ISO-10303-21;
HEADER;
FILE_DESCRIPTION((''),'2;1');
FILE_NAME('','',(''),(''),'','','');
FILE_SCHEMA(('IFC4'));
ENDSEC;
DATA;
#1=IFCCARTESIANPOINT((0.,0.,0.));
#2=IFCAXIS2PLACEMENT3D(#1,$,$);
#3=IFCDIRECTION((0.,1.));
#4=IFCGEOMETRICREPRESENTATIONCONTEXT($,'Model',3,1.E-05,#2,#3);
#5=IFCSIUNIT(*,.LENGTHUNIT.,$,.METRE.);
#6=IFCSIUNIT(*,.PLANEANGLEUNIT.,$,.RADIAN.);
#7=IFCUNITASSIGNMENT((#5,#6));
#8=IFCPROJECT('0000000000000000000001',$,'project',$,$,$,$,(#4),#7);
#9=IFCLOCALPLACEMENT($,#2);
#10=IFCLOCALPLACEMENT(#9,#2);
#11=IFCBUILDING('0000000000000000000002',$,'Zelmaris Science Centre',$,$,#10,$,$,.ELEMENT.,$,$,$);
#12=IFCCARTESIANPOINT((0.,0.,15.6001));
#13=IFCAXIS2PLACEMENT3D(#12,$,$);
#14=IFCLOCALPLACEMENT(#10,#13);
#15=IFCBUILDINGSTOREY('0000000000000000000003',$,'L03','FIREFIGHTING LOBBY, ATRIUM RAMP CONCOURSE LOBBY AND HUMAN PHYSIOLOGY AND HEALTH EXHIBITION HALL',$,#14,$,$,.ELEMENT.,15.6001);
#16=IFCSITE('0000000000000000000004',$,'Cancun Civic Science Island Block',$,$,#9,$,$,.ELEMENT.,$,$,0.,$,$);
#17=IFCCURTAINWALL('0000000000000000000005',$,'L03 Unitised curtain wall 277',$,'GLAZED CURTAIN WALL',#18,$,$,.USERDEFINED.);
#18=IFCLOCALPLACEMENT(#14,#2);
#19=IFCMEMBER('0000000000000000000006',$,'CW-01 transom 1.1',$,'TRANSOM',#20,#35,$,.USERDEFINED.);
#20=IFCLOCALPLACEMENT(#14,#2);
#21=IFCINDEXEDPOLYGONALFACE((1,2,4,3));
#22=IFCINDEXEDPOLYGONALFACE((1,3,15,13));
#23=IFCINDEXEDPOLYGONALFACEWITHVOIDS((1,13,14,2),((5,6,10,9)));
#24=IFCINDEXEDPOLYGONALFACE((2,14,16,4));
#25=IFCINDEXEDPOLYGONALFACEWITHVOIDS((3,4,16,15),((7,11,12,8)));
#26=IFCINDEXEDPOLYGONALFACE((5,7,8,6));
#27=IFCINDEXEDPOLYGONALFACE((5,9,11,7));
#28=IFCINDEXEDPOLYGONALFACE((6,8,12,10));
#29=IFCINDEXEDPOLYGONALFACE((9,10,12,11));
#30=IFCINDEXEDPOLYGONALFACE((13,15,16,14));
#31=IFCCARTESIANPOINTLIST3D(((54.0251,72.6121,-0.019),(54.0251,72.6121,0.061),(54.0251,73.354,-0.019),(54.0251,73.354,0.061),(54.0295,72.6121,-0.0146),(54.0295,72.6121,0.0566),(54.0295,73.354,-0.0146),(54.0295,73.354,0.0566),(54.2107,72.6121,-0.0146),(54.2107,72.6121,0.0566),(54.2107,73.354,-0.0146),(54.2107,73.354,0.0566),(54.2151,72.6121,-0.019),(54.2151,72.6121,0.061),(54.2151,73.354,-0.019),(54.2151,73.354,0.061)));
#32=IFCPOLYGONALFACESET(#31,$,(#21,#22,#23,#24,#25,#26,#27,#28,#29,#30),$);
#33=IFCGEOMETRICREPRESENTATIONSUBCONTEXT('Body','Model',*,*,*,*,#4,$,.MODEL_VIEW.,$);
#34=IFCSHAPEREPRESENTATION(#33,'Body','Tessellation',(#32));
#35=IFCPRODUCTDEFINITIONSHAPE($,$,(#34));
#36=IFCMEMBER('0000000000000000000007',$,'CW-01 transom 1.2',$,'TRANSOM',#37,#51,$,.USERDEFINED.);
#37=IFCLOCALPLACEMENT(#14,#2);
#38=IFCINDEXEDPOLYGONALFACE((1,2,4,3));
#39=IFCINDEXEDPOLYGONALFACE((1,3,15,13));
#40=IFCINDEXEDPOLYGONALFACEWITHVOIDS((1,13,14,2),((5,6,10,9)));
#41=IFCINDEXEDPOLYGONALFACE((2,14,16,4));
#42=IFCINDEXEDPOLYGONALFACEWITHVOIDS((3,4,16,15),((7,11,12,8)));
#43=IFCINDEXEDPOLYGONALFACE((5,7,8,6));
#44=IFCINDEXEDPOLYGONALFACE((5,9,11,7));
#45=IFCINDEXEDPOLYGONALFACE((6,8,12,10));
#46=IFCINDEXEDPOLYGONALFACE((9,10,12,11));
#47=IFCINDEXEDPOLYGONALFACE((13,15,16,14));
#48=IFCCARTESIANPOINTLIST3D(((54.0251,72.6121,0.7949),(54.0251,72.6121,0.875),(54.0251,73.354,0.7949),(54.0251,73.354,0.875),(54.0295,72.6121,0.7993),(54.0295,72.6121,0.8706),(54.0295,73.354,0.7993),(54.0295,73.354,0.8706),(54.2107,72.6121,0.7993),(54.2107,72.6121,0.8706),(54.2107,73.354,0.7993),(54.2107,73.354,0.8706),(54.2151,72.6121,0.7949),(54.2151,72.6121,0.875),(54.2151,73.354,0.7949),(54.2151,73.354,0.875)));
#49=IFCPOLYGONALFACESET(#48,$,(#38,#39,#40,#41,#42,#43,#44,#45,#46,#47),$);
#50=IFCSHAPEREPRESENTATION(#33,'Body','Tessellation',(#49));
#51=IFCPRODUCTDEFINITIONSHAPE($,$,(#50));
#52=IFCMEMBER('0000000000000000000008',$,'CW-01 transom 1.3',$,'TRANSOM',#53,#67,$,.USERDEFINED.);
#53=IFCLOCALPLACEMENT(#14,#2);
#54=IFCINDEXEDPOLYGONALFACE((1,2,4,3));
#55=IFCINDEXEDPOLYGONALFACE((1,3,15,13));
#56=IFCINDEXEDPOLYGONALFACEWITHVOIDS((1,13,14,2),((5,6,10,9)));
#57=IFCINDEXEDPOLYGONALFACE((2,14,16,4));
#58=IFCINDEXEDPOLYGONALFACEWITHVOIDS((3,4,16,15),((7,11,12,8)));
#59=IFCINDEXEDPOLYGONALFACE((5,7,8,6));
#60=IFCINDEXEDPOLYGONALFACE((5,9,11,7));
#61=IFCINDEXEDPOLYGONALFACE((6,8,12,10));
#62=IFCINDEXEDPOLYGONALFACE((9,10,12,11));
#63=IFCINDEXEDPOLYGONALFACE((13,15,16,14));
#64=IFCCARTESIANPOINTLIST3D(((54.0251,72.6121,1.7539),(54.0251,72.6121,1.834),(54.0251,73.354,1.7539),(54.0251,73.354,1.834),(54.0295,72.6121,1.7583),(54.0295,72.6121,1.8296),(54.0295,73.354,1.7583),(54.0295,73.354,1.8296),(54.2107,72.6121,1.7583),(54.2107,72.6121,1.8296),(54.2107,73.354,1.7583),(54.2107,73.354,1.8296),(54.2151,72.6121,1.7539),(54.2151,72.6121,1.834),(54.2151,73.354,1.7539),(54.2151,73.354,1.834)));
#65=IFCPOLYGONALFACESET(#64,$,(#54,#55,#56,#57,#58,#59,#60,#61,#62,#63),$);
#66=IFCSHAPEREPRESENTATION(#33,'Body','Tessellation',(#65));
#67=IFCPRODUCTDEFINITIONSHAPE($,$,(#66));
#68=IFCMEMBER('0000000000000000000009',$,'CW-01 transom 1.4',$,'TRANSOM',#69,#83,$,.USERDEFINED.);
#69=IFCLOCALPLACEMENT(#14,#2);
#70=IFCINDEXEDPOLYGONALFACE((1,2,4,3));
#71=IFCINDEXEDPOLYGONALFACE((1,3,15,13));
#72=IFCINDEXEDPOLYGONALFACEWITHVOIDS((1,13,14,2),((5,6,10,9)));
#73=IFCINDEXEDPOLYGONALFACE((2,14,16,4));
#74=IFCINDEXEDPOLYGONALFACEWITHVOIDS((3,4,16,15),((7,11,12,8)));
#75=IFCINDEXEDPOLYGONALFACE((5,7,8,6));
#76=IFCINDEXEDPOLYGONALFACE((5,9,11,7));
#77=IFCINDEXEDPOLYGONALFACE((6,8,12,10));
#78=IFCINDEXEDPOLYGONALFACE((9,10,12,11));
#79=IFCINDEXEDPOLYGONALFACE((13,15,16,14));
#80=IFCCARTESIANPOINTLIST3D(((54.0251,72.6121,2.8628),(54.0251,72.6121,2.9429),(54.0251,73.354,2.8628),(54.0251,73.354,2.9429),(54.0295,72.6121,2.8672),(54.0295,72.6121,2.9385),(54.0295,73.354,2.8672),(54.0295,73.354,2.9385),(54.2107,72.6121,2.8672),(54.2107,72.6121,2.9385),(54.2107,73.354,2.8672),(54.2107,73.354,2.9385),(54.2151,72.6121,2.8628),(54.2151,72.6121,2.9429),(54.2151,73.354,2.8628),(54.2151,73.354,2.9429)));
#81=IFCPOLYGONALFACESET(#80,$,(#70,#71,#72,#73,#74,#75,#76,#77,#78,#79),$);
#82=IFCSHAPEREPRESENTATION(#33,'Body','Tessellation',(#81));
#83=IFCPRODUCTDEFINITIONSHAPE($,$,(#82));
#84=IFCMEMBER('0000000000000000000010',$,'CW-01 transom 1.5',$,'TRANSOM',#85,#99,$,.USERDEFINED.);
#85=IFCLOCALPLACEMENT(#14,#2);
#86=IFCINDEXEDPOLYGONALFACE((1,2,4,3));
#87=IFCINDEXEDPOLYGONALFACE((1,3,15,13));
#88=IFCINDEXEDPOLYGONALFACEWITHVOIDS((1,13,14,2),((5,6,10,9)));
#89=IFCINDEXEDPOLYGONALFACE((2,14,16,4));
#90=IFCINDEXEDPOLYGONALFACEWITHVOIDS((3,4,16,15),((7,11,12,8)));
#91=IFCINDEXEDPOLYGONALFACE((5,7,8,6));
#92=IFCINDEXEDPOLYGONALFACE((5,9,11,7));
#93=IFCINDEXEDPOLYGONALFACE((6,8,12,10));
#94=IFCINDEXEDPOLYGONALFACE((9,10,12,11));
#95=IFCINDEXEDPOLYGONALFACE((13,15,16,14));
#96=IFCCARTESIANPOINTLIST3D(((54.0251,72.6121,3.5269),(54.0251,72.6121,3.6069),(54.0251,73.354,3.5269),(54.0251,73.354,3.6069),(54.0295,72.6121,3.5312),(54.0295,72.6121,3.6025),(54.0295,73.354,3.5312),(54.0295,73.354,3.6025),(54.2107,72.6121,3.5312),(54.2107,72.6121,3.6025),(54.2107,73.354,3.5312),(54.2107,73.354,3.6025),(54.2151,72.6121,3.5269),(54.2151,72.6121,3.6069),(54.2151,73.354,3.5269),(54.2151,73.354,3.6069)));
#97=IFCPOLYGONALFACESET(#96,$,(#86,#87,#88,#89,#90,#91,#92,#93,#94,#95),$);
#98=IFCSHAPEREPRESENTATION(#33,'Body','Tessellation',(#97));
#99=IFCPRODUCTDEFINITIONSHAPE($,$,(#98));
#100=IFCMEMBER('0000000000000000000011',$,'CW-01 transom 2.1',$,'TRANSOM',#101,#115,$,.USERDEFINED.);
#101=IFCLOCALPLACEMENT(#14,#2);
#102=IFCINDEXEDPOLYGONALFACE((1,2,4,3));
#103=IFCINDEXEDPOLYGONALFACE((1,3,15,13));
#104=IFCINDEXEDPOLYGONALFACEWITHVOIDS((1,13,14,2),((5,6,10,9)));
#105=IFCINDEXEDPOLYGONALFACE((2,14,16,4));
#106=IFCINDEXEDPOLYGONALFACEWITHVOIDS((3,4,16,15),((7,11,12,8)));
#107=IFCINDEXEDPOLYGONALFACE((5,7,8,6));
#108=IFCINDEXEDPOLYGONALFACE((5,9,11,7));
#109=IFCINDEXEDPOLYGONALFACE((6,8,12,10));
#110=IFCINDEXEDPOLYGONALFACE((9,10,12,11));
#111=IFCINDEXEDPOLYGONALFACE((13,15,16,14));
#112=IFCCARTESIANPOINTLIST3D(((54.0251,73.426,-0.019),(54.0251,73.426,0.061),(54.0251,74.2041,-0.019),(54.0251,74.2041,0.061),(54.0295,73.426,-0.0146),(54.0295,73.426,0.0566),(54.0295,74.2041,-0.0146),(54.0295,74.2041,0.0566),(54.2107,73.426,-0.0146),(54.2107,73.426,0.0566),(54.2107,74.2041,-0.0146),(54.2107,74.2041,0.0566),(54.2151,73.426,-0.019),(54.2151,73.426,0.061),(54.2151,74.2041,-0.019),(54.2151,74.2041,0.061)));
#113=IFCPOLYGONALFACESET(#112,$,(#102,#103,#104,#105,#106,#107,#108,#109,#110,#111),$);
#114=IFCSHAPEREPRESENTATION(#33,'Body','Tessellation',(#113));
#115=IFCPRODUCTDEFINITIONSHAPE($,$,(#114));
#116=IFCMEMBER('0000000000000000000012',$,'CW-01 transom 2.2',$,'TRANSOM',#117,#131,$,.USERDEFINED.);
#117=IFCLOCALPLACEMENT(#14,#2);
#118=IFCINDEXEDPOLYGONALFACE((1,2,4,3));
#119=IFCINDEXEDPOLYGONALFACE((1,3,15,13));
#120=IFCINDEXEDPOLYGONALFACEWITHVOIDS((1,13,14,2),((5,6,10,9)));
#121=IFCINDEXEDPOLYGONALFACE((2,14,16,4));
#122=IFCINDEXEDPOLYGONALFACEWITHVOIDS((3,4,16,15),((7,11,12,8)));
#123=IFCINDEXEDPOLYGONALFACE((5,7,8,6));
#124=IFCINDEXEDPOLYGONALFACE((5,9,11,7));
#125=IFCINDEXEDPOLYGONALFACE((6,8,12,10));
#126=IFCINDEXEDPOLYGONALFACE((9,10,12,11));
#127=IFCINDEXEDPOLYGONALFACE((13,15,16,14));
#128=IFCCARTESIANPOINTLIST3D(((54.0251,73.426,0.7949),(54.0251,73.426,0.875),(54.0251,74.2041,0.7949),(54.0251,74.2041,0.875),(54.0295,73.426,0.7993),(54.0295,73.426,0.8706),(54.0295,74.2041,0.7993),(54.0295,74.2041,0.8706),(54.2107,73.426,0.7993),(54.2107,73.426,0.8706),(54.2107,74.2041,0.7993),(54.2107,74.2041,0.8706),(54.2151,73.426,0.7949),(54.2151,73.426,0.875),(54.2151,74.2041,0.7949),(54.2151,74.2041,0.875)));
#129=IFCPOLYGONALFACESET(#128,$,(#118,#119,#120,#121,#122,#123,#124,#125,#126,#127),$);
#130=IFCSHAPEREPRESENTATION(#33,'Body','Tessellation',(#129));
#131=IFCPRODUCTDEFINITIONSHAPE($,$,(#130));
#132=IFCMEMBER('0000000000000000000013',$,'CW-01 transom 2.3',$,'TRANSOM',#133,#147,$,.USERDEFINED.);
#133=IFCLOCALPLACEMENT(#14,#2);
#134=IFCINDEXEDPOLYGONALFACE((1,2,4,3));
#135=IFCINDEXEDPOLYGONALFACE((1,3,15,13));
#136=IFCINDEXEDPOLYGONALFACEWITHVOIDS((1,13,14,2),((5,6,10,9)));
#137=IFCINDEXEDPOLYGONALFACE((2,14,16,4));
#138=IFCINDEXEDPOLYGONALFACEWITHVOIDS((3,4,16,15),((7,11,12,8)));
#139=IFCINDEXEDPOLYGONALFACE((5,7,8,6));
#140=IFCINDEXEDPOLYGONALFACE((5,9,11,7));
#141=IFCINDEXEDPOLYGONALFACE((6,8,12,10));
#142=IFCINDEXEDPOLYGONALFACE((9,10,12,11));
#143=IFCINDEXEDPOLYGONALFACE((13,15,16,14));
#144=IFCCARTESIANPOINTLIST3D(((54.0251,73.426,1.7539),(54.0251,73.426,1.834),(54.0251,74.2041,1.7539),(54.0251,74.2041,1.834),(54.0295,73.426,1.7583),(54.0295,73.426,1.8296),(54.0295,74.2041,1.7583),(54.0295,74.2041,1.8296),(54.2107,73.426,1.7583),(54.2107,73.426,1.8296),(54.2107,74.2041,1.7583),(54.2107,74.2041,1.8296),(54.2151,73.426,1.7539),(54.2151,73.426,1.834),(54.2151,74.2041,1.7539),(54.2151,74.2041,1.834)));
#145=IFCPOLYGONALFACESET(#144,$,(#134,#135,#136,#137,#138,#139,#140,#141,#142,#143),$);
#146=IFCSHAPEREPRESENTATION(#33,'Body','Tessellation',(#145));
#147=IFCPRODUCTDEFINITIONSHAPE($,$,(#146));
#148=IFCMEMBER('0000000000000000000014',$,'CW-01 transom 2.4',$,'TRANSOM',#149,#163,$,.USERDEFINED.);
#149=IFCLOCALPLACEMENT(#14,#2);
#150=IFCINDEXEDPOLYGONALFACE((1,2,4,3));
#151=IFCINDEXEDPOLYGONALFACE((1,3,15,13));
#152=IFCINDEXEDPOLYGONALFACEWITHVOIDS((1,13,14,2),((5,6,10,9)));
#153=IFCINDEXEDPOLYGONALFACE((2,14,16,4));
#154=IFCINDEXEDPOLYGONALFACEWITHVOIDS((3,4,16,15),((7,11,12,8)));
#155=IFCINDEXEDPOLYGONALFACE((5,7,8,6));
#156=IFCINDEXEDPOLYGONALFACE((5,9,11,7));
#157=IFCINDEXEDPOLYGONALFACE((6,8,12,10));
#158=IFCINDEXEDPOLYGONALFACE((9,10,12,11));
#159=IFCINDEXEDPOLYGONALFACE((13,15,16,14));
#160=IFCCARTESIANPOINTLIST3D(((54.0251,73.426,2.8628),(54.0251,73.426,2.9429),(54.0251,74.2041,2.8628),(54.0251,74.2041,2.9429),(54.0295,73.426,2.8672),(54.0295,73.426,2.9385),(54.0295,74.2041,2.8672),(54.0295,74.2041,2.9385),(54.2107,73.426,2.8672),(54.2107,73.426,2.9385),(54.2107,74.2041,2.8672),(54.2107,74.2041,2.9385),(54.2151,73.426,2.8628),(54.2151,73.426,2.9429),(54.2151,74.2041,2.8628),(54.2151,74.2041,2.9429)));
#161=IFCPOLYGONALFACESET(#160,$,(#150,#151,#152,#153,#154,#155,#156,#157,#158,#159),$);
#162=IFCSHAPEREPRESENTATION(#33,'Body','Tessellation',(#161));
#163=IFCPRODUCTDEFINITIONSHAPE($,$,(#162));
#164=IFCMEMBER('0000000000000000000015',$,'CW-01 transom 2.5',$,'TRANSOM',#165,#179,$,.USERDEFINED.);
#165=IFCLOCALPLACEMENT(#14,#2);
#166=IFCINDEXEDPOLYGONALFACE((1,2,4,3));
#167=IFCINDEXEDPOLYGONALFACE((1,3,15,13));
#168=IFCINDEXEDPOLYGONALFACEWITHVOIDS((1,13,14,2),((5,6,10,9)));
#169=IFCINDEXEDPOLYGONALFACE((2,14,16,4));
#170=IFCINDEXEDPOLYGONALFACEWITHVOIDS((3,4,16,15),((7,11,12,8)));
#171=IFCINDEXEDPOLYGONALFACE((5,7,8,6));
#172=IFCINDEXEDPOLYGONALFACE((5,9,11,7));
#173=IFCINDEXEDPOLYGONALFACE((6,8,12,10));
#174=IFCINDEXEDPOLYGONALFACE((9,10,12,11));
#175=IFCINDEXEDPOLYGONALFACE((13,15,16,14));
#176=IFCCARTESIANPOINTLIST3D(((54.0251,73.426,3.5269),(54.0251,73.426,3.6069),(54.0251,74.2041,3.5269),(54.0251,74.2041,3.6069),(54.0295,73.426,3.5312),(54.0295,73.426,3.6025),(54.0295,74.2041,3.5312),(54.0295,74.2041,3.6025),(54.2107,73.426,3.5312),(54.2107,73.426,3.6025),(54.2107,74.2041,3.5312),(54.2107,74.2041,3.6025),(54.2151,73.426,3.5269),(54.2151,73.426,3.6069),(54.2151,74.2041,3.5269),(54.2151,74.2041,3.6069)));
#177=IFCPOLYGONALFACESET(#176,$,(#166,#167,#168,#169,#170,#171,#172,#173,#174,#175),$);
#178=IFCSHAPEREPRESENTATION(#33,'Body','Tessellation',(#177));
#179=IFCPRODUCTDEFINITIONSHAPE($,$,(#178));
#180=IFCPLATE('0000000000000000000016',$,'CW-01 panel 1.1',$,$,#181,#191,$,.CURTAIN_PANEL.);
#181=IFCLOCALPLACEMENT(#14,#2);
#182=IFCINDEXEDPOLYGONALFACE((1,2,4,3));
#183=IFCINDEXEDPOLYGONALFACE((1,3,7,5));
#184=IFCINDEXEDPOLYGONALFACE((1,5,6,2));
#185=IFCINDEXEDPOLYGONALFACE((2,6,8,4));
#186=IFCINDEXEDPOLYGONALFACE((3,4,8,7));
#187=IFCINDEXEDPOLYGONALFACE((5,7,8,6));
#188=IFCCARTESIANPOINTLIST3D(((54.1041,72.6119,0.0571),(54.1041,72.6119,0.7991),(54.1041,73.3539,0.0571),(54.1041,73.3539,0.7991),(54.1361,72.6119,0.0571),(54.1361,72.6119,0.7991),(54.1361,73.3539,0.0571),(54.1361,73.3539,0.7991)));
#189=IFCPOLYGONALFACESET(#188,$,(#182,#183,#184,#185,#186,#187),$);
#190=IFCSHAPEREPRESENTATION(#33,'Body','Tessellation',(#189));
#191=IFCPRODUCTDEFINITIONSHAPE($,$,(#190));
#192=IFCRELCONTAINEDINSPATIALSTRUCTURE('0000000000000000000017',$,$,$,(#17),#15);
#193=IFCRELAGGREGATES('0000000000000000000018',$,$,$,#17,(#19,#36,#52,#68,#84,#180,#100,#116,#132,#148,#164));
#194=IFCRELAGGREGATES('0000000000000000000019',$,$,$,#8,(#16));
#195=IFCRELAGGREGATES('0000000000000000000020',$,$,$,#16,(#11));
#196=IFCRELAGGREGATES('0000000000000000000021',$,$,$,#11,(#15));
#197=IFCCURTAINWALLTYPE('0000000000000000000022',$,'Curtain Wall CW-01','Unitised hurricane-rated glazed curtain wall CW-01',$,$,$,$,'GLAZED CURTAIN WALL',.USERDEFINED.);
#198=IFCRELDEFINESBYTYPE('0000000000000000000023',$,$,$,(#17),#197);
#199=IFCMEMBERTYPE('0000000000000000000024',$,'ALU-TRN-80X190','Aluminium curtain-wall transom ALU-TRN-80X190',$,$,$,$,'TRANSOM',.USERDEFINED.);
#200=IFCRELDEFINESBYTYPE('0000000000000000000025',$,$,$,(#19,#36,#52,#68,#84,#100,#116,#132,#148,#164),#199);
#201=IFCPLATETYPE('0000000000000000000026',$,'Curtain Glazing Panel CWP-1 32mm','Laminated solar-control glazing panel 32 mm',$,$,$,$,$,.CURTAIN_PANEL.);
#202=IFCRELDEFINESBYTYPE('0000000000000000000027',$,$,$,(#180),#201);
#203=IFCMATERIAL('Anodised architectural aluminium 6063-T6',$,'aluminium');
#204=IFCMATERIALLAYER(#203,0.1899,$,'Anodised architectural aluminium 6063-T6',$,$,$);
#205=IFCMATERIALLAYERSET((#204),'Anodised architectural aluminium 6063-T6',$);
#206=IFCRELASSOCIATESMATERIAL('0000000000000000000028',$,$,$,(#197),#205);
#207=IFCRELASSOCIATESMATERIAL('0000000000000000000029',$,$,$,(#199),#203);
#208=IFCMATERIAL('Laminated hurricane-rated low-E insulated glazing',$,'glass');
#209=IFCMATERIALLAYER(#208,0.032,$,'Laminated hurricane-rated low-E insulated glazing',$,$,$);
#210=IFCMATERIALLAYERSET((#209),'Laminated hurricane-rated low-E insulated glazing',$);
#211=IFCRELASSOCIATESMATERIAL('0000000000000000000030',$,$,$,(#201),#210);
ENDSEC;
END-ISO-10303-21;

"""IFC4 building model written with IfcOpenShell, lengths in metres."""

from ifc_helpers import new_model, si_unit, direction, frame, origin, origin_2d, place, context, subcontext, project, spatial, rectangle, hollow_rectangle, extrude, material, layer, layer_set, material_profile, profile_set, type_object, element, aggregate, save


model = new_model("IFC4")

# Units and contexts
model_context = context("Model", 3, precision=1e-05, world=origin(), true_north=direction((0.0, 1.0)))
body_context = subcontext(model_context, "Body", "Model", "MODEL_VIEW")
ifc_project = project(units=[si_unit("LENGTHUNIT", "METRE"), si_unit("PLANEANGLEUNIT", "RADIAN")], contexts=[model_context])

# Site, building, storey
site_placement = place(None, origin())
site = spatial("IfcSite", under=ifc_project, at=site_placement, Name="Cancun Civic Science Island Block", CompositionType="ELEMENT", RefElevation=0.0)
building_placement = place(site_placement, origin())
building = spatial("IfcBuilding", under=site, at=building_placement, Name="Zelmaris Science Centre", CompositionType="ELEMENT")
storey_placement = place(building_placement, frame((0.0, 0.0, 15.6001)))
storey = spatial("IfcBuildingStorey", under=building, at=storey_placement, Name="L03", Description="FIREFIGHTING LOBBY, ATRIUM RAMP CONCOURSE LOBBY AND HUMAN PHYSIOLOGY AND HEALTH EXHIBITION HALL", CompositionType="ELEMENT", Elevation=15.6001)

# Curtain wall
ifc_material_1 = material(Name="Anodised architectural aluminium 6063-T6", Category="aluminium")
ifc_layer_1 = layer(ifc_material_1, 0.1899, Name="Anodised architectural aluminium 6063-T6")
ifc_layer_set_1 = layer_set([ifc_layer_1], Name="Anodised architectural aluminium 6063-T6")
curtain_wall_type_1 = type_object("IfcCurtainWallType", Name="Curtain Wall CW-01", Description="Unitised hurricane-rated glazed curtain wall CW-01", ElementType="GLAZED CURTAIN WALL", PredefinedType="USERDEFINED", material=ifc_layer_set_1)
curtain_wall_1_placement = place(storey_placement, origin())
curtain_wall_1 = element("IfcCurtainWall", 1, at=curtain_wall_1_placement, inside=storey, type_object=curtain_wall_type_1, Name="L03 Unitised curtain wall 277", ObjectType="GLAZED CURTAIN WALL", PredefinedType="USERDEFINED")

# Members
ifc_material_profile_1 = material_profile(ifc_material_1, hollow_rectangle(XDim=0.0801, YDim=0.1899, WallThickness=0.0044, at=origin_2d()), Name="ALU-TRN-80X190")
ifc_profile_set_1 = profile_set([ifc_material_profile_1], Name="Anodised architectural aluminium 6063-T6")
member_type_1 = type_object("IfcMemberType", Name="ALU-TRN-80X190", Description="Aluminium curtain-wall transom ALU-TRN-80X190", ElementType="TRANSOM", PredefinedType="USERDEFINED", material=ifc_profile_set_1)
member_1_placement = place(storey_placement, frame((54.1201, 72.6121, 0.021), z_axis=(0.0, 1.0, 0.0), x_axis=(0.0, 0.0, 1.0)))
member_1 = element("IfcMember", 2, at=member_1_placement, type_object=member_type_1, Name="CW-01 transom 1.1", ObjectType="TRANSOM", PredefinedType="USERDEFINED", context=body_context, shape_type="SweptSolid", body=[
    extrude(hollow_rectangle(XDim=0.0801, YDim=0.1899, WallThickness=0.0044, at=origin_2d()), origin(), (0.0, 0.0, 1.0), 0.7419),
])
member_2_placement = place(storey_placement, frame((54.1201, 72.6121, 0.835), z_axis=(0.0, 1.0, 0.0), x_axis=(0.0, 0.0, 1.0)))
member_2 = element("IfcMember", 3, at=member_2_placement, type_object=member_type_1, Name="CW-01 transom 1.2", ObjectType="TRANSOM", PredefinedType="USERDEFINED", context=body_context, shape_type="SweptSolid", body=[
    extrude(hollow_rectangle(XDim=0.0801, YDim=0.1899, WallThickness=0.0044, at=origin_2d()), origin(), (0.0, 0.0, 1.0), 0.7419),
])
member_3_placement = place(storey_placement, frame((54.1201, 72.6121, 1.7939), z_axis=(0.0, 1.0, 0.0), x_axis=(0.0, 0.0, 1.0)))
member_3 = element("IfcMember", 4, at=member_3_placement, type_object=member_type_1, Name="CW-01 transom 1.3", ObjectType="TRANSOM", PredefinedType="USERDEFINED", context=body_context, shape_type="SweptSolid", body=[
    extrude(hollow_rectangle(XDim=0.0801, YDim=0.1899, WallThickness=0.0044, at=origin_2d()), origin(), (0.0, 0.0, 1.0), 0.7419),
])
member_4_placement = place(storey_placement, frame((54.1201, 72.6121, 2.9028), z_axis=(0.0, 1.0, 0.0), x_axis=(0.0, 0.0, 1.0)))
member_4 = element("IfcMember", 5, at=member_4_placement, type_object=member_type_1, Name="CW-01 transom 1.4", ObjectType="TRANSOM", PredefinedType="USERDEFINED", context=body_context, shape_type="SweptSolid", body=[
    extrude(hollow_rectangle(XDim=0.0801, YDim=0.1899, WallThickness=0.0044, at=origin_2d()), origin(), (0.0, 0.0, 1.0), 0.7419),
])
member_5_placement = place(storey_placement, frame((54.1201, 72.6121, 3.5669), z_axis=(0.0, 1.0, 0.0), x_axis=(0.0, 0.0, 1.0)))
member_5 = element("IfcMember", 6, at=member_5_placement, type_object=member_type_1, Name="CW-01 transom 1.5", ObjectType="TRANSOM", PredefinedType="USERDEFINED", context=body_context, shape_type="SweptSolid", body=[
    extrude(hollow_rectangle(XDim=0.0801, YDim=0.1899, WallThickness=0.0044, at=origin_2d()), origin(), (0.0, 0.0, 1.0), 0.7419),
])
member_6_placement = place(storey_placement, frame((54.1201, 73.426, 0.021), z_axis=(0.0, 1.0, 0.0), x_axis=(0.0, 0.0, 1.0)))
member_6 = element("IfcMember", 7, at=member_6_placement, type_object=member_type_1, Name="CW-01 transom 2.1", ObjectType="TRANSOM", PredefinedType="USERDEFINED", context=body_context, shape_type="SweptSolid", body=[
    extrude(hollow_rectangle(XDim=0.0801, YDim=0.1899, WallThickness=0.0044, at=origin_2d()), origin(), (0.0, 0.0, 1.0), 0.7781),
])
member_7_placement = place(storey_placement, frame((54.1201, 73.426, 0.835), z_axis=(0.0, 1.0, 0.0), x_axis=(0.0, 0.0, 1.0)))
member_7 = element("IfcMember", 8, at=member_7_placement, type_object=member_type_1, Name="CW-01 transom 2.2", ObjectType="TRANSOM", PredefinedType="USERDEFINED", context=body_context, shape_type="SweptSolid", body=[
    extrude(hollow_rectangle(XDim=0.0801, YDim=0.1899, WallThickness=0.0044, at=origin_2d()), origin(), (0.0, 0.0, 1.0), 0.7781),
])
member_8_placement = place(storey_placement, frame((54.1201, 73.426, 1.7939), z_axis=(0.0, 1.0, 0.0), x_axis=(0.0, 0.0, 1.0)))
member_8 = element("IfcMember", 9, at=member_8_placement, type_object=member_type_1, Name="CW-01 transom 2.3", ObjectType="TRANSOM", PredefinedType="USERDEFINED", context=body_context, shape_type="SweptSolid", body=[
    extrude(hollow_rectangle(XDim=0.0801, YDim=0.1899, WallThickness=0.0044, at=origin_2d()), origin(), (0.0, 0.0, 1.0), 0.7781),
])
member_9_placement = place(storey_placement, frame((54.1201, 73.426, 2.9028), z_axis=(0.0, 1.0, 0.0), x_axis=(0.0, 0.0, 1.0)))
member_9 = element("IfcMember", 10, at=member_9_placement, type_object=member_type_1, Name="CW-01 transom 2.4", ObjectType="TRANSOM", PredefinedType="USERDEFINED", context=body_context, shape_type="SweptSolid", body=[
    extrude(hollow_rectangle(XDim=0.0801, YDim=0.1899, WallThickness=0.0044, at=origin_2d()), origin(), (0.0, 0.0, 1.0), 0.7781),
])
member_10_placement = place(storey_placement, frame((54.1201, 73.426, 3.5669), z_axis=(0.0, 1.0, 0.0), x_axis=(0.0, 0.0, 1.0)))
member_10 = element("IfcMember", 11, at=member_10_placement, type_object=member_type_1, Name="CW-01 transom 2.5", ObjectType="TRANSOM", PredefinedType="USERDEFINED", context=body_context, shape_type="SweptSolid", body=[
    extrude(hollow_rectangle(XDim=0.0801, YDim=0.1899, WallThickness=0.0044, at=origin_2d()), origin(), (0.0, 0.0, 1.0), 0.7781),
])

# Plate
ifc_material_2 = material(Name="Laminated hurricane-rated low-E insulated glazing", Category="glass")
ifc_layer_2 = layer(ifc_material_2, 0.032, Name="Laminated hurricane-rated low-E insulated glazing")
ifc_layer_set_2 = layer_set([ifc_layer_2], Name="Laminated hurricane-rated low-E insulated glazing")
plate_type_1 = type_object("IfcPlateType", Name="Curtain Glazing Panel CWP-1 32mm", Description="Laminated solar-control glazing panel 32 mm", PredefinedType="CURTAIN_PANEL", material=ifc_layer_set_2)
plate_1_placement = place(storey_placement, frame((54.1201, 72.9829, 0.0571), z_axis=(0.0, 0.0, 1.0), x_axis=(0.0, 1.0, 0.0)))
plate_1 = element("IfcPlate", 12, at=plate_1_placement, type_object=plate_type_1, Name="CW-01 panel 1.1", PredefinedType="CURTAIN_PANEL", context=body_context, shape_type="SweptSolid", body=[
    extrude(rectangle(XDim=0.7419, YDim=0.032, at=origin_2d()), origin(), (0.0, 0.0, 1.0), 0.7419),
])
aggregate(curtain_wall_1, [member_1, member_2, member_3, member_4, member_5, plate_1, member_6, member_7, member_8, member_9, member_10])

save(model, "model.ifc")
